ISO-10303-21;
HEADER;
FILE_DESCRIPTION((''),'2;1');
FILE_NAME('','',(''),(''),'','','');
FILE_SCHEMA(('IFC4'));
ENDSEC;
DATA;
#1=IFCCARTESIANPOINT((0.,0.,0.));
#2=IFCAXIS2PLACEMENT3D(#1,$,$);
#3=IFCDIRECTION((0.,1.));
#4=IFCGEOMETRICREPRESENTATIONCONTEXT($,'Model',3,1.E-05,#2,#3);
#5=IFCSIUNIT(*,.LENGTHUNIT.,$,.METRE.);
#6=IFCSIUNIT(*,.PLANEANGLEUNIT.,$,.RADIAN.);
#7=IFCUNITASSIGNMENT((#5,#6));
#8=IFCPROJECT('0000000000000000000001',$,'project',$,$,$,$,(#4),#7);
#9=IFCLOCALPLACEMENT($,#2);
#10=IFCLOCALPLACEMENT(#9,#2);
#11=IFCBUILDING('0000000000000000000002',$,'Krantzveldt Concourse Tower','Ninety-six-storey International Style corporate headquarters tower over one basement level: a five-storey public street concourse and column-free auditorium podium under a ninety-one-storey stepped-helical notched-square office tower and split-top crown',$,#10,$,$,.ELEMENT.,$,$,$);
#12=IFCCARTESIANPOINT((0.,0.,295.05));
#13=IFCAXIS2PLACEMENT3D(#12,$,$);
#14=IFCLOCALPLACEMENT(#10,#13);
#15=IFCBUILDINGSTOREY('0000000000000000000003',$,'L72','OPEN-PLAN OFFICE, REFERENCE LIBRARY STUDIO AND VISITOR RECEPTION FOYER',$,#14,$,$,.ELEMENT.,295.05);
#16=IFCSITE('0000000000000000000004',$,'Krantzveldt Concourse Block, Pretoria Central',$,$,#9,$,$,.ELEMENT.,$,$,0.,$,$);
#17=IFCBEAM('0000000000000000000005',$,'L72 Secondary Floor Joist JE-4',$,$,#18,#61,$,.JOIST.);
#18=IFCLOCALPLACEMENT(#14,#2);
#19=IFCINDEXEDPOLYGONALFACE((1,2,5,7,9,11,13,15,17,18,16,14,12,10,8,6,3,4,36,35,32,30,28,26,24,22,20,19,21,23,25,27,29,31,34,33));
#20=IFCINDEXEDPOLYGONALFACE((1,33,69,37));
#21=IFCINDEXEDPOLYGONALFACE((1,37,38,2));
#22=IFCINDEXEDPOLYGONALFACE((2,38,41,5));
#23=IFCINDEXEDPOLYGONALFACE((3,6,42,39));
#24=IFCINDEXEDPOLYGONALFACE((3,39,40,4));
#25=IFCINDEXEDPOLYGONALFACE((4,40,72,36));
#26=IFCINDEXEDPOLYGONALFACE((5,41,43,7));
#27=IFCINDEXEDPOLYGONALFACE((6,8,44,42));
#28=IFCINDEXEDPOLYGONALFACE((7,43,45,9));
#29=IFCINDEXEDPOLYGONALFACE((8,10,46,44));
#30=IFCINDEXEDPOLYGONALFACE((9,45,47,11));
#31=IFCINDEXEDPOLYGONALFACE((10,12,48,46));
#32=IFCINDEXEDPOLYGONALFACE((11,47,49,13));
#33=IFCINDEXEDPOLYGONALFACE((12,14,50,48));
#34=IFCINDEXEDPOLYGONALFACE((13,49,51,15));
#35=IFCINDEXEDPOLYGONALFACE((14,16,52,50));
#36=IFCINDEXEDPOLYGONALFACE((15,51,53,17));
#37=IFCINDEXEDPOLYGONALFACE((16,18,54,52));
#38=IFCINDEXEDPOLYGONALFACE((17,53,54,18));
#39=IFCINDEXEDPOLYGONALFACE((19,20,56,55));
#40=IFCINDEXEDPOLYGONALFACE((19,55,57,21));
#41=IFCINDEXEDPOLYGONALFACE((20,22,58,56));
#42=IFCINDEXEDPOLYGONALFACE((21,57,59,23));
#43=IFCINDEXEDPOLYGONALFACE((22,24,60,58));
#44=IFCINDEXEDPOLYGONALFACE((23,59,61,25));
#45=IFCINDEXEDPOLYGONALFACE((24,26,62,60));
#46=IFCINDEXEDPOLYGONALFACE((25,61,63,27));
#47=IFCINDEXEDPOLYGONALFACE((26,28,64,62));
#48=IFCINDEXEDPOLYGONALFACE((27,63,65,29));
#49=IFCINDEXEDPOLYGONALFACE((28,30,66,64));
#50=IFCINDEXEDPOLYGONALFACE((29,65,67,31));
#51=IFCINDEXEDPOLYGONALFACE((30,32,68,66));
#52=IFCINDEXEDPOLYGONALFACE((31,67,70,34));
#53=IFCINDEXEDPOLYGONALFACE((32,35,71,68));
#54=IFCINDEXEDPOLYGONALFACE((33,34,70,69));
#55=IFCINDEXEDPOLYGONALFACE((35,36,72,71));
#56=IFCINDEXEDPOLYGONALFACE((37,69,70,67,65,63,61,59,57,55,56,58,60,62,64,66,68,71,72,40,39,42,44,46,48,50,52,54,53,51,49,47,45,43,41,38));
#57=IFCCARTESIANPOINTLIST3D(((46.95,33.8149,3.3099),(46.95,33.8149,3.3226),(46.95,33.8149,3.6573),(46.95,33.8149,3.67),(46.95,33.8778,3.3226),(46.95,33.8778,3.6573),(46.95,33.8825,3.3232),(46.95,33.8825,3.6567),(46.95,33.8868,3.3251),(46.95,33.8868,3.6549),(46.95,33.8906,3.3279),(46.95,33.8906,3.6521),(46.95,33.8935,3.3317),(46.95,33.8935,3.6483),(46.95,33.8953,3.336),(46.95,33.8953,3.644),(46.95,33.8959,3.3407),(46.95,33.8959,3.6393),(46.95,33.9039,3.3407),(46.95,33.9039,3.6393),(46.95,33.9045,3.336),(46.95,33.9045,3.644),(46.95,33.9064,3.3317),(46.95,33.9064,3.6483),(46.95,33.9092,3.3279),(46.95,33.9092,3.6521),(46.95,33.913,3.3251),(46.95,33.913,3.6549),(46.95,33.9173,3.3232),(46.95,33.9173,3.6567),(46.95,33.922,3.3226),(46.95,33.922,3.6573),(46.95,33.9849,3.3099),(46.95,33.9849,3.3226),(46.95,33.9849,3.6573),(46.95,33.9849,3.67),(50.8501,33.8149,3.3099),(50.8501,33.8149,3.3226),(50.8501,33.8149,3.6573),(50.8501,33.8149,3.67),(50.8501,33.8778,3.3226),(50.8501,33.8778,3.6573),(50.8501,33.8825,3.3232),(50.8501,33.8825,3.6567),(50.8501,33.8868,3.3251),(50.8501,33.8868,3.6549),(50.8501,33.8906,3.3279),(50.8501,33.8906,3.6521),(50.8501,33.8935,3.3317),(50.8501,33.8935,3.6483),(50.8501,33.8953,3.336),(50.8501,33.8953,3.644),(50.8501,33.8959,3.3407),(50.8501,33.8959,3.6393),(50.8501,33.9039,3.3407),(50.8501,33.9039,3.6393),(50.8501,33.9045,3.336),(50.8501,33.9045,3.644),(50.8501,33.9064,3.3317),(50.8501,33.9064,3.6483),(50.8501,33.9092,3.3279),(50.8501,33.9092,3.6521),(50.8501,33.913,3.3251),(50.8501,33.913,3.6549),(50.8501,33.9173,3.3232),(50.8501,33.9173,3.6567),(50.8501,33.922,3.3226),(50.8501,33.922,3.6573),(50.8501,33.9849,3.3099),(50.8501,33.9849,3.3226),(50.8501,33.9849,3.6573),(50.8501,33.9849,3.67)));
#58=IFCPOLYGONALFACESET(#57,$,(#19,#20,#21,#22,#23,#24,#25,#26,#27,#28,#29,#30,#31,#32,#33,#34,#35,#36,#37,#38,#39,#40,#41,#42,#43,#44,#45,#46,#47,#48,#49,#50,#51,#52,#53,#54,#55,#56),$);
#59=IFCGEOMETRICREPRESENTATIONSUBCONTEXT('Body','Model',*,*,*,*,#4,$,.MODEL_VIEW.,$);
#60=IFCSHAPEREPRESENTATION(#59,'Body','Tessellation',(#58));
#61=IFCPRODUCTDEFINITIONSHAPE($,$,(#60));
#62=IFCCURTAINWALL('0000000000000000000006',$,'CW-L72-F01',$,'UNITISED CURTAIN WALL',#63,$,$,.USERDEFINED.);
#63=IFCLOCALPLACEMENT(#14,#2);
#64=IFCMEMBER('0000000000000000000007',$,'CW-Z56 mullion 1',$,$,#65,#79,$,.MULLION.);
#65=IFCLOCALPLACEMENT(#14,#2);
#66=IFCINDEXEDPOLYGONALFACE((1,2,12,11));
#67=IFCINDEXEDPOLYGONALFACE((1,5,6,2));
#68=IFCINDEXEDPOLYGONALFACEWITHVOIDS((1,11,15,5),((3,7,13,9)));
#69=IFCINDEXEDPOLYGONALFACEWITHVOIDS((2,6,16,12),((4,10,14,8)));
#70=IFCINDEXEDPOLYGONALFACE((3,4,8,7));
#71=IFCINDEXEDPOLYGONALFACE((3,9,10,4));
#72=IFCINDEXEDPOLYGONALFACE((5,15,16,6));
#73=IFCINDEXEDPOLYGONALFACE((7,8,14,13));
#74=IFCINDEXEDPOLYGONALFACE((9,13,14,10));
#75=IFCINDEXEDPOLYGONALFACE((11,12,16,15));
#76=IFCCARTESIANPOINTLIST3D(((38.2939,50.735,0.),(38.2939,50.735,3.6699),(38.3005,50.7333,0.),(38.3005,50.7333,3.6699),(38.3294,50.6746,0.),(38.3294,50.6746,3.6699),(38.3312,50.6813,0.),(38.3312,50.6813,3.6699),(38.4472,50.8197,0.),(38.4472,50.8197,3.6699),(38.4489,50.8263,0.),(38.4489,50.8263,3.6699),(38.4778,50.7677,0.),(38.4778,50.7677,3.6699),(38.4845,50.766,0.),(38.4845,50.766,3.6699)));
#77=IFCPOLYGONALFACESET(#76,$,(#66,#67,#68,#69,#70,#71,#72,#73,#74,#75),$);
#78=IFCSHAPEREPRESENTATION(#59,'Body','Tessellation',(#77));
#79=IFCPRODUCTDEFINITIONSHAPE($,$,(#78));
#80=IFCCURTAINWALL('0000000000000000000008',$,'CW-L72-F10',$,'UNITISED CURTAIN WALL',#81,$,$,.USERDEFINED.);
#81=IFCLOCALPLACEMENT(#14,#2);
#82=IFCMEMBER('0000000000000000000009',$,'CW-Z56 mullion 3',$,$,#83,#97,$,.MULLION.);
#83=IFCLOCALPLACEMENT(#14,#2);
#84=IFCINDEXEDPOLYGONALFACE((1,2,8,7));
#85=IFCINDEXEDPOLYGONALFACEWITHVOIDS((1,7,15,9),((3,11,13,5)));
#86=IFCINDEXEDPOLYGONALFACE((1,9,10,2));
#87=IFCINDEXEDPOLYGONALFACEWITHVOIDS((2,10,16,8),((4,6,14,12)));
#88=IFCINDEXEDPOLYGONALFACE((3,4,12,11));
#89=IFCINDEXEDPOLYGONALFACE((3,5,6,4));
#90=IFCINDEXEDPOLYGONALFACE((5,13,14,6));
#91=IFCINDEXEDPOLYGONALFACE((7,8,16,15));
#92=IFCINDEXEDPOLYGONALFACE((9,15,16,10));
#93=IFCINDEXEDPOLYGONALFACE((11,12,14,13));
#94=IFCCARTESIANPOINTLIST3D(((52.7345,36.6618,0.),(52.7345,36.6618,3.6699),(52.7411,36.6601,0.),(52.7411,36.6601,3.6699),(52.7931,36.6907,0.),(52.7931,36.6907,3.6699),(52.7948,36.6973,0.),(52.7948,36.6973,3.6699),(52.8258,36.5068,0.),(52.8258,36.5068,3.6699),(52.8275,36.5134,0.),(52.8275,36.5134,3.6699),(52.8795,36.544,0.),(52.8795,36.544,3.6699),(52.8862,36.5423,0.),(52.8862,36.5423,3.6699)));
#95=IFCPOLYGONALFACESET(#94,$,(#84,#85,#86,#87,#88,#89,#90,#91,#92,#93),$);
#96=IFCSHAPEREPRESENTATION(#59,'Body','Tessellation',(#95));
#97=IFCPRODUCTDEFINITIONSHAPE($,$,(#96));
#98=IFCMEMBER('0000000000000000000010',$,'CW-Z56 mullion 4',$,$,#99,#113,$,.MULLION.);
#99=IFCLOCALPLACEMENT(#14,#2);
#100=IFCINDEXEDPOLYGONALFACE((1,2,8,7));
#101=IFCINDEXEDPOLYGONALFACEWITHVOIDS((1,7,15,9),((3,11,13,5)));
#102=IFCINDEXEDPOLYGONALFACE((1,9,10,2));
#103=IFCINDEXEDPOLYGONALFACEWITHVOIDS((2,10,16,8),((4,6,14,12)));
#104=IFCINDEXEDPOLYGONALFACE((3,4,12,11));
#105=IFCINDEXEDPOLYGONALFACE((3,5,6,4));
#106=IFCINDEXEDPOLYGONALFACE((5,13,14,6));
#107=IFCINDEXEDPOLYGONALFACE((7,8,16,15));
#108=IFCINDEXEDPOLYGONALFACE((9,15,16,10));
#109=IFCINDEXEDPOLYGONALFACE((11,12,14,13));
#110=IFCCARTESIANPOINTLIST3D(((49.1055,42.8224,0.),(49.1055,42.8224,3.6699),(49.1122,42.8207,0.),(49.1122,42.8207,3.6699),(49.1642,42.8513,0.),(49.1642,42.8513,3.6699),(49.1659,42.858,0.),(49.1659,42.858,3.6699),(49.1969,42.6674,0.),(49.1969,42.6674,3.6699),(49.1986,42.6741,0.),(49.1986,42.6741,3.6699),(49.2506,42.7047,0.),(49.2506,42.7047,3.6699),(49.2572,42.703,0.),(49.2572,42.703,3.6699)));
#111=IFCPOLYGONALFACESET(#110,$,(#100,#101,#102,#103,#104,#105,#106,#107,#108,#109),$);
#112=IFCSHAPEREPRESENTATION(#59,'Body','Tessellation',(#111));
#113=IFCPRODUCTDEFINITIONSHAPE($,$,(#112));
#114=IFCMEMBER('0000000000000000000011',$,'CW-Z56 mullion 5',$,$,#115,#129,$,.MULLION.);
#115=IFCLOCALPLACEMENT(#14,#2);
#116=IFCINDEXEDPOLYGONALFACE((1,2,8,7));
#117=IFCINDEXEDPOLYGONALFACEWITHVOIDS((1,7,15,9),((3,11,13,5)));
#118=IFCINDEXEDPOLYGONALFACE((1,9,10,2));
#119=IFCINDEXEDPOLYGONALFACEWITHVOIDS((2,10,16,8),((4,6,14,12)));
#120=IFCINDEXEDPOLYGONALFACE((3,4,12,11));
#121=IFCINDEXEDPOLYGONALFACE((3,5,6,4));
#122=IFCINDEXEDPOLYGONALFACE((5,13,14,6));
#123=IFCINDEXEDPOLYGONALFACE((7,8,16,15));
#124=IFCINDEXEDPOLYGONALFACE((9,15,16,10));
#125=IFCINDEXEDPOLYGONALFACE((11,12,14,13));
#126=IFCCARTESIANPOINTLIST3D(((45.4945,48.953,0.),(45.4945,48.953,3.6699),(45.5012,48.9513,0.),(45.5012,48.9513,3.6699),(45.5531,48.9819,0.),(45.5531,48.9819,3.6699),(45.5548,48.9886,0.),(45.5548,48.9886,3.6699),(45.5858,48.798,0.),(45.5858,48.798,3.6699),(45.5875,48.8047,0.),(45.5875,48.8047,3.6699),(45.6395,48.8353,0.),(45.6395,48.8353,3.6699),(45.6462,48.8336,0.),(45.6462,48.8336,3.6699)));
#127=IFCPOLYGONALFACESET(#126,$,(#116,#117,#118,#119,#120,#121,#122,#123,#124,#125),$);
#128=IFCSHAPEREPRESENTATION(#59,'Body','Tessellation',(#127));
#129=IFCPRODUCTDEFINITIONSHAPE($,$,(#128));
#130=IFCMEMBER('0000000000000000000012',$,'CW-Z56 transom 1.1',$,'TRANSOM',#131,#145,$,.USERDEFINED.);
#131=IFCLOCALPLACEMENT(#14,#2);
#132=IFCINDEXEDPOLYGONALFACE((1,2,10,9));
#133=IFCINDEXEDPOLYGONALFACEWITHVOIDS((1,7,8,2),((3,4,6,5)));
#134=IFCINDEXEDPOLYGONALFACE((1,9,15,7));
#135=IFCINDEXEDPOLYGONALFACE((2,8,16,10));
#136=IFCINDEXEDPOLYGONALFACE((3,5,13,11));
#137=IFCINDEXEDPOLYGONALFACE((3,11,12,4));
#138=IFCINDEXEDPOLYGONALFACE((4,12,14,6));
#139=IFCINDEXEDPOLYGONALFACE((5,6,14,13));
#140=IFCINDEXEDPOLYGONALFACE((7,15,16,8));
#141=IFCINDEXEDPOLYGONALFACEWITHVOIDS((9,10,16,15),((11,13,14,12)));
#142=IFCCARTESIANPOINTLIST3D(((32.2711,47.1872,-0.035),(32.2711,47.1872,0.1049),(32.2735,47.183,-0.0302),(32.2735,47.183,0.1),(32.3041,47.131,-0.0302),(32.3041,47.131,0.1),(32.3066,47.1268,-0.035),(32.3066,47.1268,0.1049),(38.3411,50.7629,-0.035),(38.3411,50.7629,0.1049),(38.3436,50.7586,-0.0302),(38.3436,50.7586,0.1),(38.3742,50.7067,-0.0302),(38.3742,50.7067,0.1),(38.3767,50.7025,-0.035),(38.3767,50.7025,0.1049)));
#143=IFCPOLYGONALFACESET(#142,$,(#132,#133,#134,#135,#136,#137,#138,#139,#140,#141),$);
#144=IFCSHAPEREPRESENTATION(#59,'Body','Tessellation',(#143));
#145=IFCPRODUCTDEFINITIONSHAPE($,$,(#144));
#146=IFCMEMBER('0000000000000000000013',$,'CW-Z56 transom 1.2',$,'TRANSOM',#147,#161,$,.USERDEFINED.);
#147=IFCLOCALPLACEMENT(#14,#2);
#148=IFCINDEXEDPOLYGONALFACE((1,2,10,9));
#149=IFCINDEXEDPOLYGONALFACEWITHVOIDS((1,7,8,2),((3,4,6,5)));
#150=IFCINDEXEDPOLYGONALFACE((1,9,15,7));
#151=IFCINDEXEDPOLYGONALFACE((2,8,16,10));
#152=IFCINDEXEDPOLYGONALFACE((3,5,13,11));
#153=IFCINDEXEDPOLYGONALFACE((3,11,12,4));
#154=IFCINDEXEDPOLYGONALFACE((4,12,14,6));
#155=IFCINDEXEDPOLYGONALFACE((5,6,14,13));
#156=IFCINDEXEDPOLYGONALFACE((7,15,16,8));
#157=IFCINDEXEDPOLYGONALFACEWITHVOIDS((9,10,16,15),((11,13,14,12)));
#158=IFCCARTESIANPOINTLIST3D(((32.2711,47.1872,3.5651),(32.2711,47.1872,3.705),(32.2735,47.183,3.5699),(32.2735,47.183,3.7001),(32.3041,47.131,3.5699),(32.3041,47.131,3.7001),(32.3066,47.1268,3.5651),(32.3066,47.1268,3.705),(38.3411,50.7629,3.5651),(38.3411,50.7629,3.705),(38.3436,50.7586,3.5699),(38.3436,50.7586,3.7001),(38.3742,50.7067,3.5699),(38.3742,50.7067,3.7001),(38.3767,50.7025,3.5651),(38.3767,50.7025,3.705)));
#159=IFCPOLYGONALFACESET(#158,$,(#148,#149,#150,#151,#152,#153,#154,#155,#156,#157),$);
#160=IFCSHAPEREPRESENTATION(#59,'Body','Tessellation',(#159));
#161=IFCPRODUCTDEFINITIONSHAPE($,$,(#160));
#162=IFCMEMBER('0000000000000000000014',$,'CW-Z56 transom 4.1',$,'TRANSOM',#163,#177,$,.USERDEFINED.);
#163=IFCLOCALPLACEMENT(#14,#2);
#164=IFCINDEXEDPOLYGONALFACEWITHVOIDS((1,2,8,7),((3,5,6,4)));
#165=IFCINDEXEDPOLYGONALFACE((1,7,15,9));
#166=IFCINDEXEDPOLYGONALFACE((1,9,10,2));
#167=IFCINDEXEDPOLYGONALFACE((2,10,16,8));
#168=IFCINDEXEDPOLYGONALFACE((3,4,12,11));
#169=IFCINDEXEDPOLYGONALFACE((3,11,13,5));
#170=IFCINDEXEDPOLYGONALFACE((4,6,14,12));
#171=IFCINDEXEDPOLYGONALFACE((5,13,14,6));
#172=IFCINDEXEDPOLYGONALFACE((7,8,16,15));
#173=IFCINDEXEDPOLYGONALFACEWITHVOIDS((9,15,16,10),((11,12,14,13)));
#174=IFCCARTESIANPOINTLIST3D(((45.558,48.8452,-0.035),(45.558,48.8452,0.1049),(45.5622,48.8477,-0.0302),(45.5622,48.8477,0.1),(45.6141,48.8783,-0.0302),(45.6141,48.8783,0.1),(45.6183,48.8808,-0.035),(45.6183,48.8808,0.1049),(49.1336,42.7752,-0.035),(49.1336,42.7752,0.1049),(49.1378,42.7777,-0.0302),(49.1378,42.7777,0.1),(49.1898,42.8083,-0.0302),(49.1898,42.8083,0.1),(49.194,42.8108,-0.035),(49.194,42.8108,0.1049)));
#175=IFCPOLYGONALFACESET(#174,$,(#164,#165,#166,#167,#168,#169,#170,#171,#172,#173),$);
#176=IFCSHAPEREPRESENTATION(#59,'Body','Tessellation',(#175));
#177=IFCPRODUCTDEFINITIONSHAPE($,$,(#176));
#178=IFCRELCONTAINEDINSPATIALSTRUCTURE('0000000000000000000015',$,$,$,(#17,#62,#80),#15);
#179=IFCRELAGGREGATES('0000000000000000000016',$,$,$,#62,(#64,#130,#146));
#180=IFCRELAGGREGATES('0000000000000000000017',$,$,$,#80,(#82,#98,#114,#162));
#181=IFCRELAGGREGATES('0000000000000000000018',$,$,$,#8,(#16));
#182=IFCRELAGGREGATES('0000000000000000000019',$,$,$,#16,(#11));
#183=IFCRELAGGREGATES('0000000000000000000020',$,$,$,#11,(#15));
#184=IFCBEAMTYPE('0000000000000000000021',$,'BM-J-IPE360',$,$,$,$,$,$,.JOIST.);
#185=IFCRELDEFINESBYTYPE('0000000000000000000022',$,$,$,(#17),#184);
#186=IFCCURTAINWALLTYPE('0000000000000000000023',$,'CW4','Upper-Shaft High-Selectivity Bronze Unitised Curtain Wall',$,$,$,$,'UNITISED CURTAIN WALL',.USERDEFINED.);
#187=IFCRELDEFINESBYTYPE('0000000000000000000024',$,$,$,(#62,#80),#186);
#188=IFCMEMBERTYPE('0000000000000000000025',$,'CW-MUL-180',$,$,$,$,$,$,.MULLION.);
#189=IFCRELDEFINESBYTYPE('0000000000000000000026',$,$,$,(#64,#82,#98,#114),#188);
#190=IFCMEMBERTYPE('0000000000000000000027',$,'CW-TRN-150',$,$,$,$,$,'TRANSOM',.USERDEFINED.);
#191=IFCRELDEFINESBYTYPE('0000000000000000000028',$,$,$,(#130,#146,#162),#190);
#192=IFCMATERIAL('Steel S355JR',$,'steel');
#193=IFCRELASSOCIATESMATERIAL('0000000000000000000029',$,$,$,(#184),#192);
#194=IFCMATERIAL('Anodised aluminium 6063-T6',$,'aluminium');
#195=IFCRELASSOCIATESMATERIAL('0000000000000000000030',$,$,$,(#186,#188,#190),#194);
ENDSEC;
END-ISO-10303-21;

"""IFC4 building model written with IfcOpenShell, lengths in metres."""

from ifc_helpers import new_model, si_unit, direction, frame, origin, origin_2d, place, context, subcontext, project, spatial, hollow_rectangle, i_section, extrude, source, transform, mapped, material, material_profile, profile_set, type_object, type_shapes, element, aggregate, save


model = new_model("IFC4")

# Units and contexts
model_context = context("Model", 3, precision=1e-05, world=origin(), true_north=direction((0.0, 1.0)))
body_context = subcontext(model_context, "Body", "Model", "MODEL_VIEW")
ifc_project = project(units=[si_unit("LENGTHUNIT", "METRE"), si_unit("PLANEANGLEUNIT", "RADIAN")], contexts=[model_context])

# Site, building, storey
site_placement = place(None, origin())
site = spatial("IfcSite", under=ifc_project, at=site_placement, Name="Krantzveldt Concourse Block, Pretoria Central", CompositionType="ELEMENT", RefElevation=0.0)
building_placement = place(site_placement, origin())
building = spatial("IfcBuilding", under=site, at=building_placement, Name="Krantzveldt Concourse Tower", Description="Ninety-six-storey International Style corporate headquarters tower over one basement level: a five-storey public street concourse and column-free auditorium podium under a ninety-one-storey stepped-helical notched-square office tower and split-top crown", CompositionType="ELEMENT")
storey_placement = place(building_placement, frame((0.0, 0.0, 295.05)))
storey = spatial("IfcBuildingStorey", under=building, at=storey_placement, Name="L72", Description="OPEN-PLAN OFFICE, REFERENCE LIBRARY STUDIO AND VISITOR RECEPTION FOYER", CompositionType="ELEMENT", Elevation=295.05)

# Beam
ifc_material_1 = material(Name="Steel S355JR", Category="steel")
ifc_material_profile_1 = material_profile(ifc_material_1, i_section(OverallWidth=0.1699, OverallDepth=0.3601, WebThickness=0.0081, FlangeThickness=0.0127, FilletRadius=0.0181, at=origin_2d()), Name="Steel S355JR", Category="steel")
ifc_profile_set_1 = profile_set([ifc_material_profile_1], Name="Steel S355JR - IPE 360")
beam_type_1 = type_object("IfcBeamType", Name="BM-J-IPE360", PredefinedType="JOIST", material=ifc_profile_set_1)
shared_shape_1 = source(origin(), body_context, "Body", "SweptSolid", [
    extrude(i_section(OverallWidth=0.1699, OverallDepth=0.3601, WebThickness=0.0081, FlangeThickness=0.0127, FilletRadius=0.0181, at=origin_2d()), origin(), (0.0, 0.0, 1.0), 3.9001),
])
type_shapes(beam_type_1, [shared_shape_1])
beam_1_placement = place(storey_placement, frame((46.95, 33.8999, 3.49), z_axis=(1.0, 0.0, 0.0), x_axis=(0.0, 1.0, 0.0)))
element("IfcBeam", 1, at=beam_1_placement, inside=storey, type_object=beam_type_1, Name="L72 Secondary Floor Joist JE-4", PredefinedType="JOIST", context=body_context, shape_type="MappedRepresentation", body=[
    mapped(shared_shape_1, transform((0.0, 0.0, 0.0), x_axis=(1.0, 0.0, 0.0), y_axis=(0.0, 1.0, 0.0), z_axis=(0.0, 0.0, 1.0), scale=1.0)),
])

# Curtain wall, member
ifc_material_2 = material(Name="Anodised aluminium 6063-T6", Category="aluminium")
curtain_wall_type = type_object("IfcCurtainWallType", Name="CW4", Description="Upper-Shaft High-Selectivity Bronze Unitised Curtain Wall", ElementType="UNITISED CURTAIN WALL", PredefinedType="USERDEFINED", material=ifc_material_2)
curtain_wall_1_placement = place(storey_placement, origin())
curtain_wall_1 = element("IfcCurtainWall", 2, at=curtain_wall_1_placement, inside=storey, type_object=curtain_wall_type, Name="CW-L72-F01", ObjectType="UNITISED CURTAIN WALL", PredefinedType="USERDEFINED")
ifc_material_profile_2 = material_profile(ifc_material_2, hollow_rectangle(XDim=0.0701, YDim=0.1799, WallThickness=0.0049, at=origin_2d()), Name="Anodised aluminium 6063-T6", Category="aluminium")
ifc_profile_set_2 = profile_set([ifc_material_profile_2], Name="Anodised aluminium 6063-T6 - ALU-MULL 180x70x5")
member_type_1 = type_object("IfcMemberType", Name="CW-MUL-180", PredefinedType="MULLION", material=ifc_profile_set_2)
shared_shape_2 = source(origin(), body_context, "Body", "SweptSolid", [
    extrude(hollow_rectangle(XDim=0.0701, YDim=0.1799, WallThickness=0.0049, at=origin_2d()), origin(), (0.0, 0.0, 1.0), 3.6699),
])
type_shapes(member_type_1, [shared_shape_2])
member_1_placement = place(storey_placement, frame((38.3892, 50.7505, 0.0), z_axis=(0.0, 0.0, 1.0), x_axis=(0.507538, -0.861629, 0.0)))
member_1 = element("IfcMember", 3, at=member_1_placement, type_object=member_type_1, Name="CW-Z56 mullion 1", PredefinedType="MULLION", context=body_context, shape_type="MappedRepresentation", body=[
    mapped(shared_shape_2, transform((0.0, 0.0, 0.0), x_axis=(1.0, 0.0, 0.0), y_axis=(0.0, 1.0, 0.0), z_axis=(0.0, 0.0, 1.0), scale=1.0)),
])

# Curtain wall, members
curtain_wall_2_placement = place(storey_placement, origin())
curtain_wall_2 = element("IfcCurtainWall", 4, at=curtain_wall_2_placement, inside=storey, type_object=curtain_wall_type, Name="CW-L72-F10", ObjectType="UNITISED CURTAIN WALL", PredefinedType="USERDEFINED")
member_2_placement = place(storey_placement, frame((52.8103, 36.6021, 0.0), z_axis=(0.0, 0.0, 1.0), x_axis=(-0.861629, -0.507538, 0.0)))
member_2 = element("IfcMember", 5, at=member_2_placement, type_object=member_type_1, Name="CW-Z56 mullion 3", PredefinedType="MULLION", context=body_context, shape_type="MappedRepresentation", body=[
    mapped(shared_shape_2, transform((0.0, 0.0, 0.0), x_axis=(1.0, 0.0, 0.0), y_axis=(0.0, 1.0, 0.0), z_axis=(0.0, 0.0, 1.0), scale=1.0)),
])
member_3_placement = place(storey_placement, frame((49.1814, 42.7627, 0.0), z_axis=(0.0, 0.0, 1.0), x_axis=(-0.861629, -0.507538, 0.0)))
member_3 = element("IfcMember", 6, at=member_3_placement, type_object=member_type_1, Name="CW-Z56 mullion 4", PredefinedType="MULLION", context=body_context, shape_type="MappedRepresentation", body=[
    mapped(shared_shape_2, transform((0.0, 0.0, 0.0), x_axis=(1.0, 0.0, 0.0), y_axis=(0.0, 1.0, 0.0), z_axis=(0.0, 0.0, 1.0), scale=1.0)),
])
member_4_placement = place(storey_placement, frame((45.5703, 48.8933, 0.0), z_axis=(0.0, 0.0, 1.0), x_axis=(-0.861629, -0.507538, 0.0)))
member_4 = element("IfcMember", 7, at=member_4_placement, type_object=member_type_1, Name="CW-Z56 mullion 5", PredefinedType="MULLION", context=body_context, shape_type="MappedRepresentation", body=[
    mapped(shared_shape_2, transform((0.0, 0.0, 0.0), x_axis=(1.0, 0.0, 0.0), y_axis=(0.0, 1.0, 0.0), z_axis=(0.0, 0.0, 1.0), scale=1.0)),
])

# Members
ifc_material_profile_3 = material_profile(ifc_material_2, hollow_rectangle(XDim=0.0701, YDim=0.1399, WallThickness=0.0049, at=origin_2d()), Name="Anodised aluminium 6063-T6", Category="aluminium")
ifc_profile_set_3 = profile_set([ifc_material_profile_3], Name="Anodised aluminium 6063-T6 - ALU-TRAN 140x70x5")
member_type_2 = type_object("IfcMemberType", Name="CW-TRN-150", ElementType="TRANSOM", PredefinedType="USERDEFINED", material=ifc_profile_set_3)
shared_shape_3 = source(origin(), body_context, "Body", "SweptSolid", [
    extrude(hollow_rectangle(XDim=0.0701, YDim=0.1399, WallThickness=0.0049, at=origin_2d()), origin(), (0.0, 0.0, 1.0), 7.0449),
])
member_5_placement = place(storey_placement, frame((38.3589, 50.7327, 0.0349), z_axis=(-0.86162, -0.507553, 0.0), x_axis=(0.507553, -0.86162, 0.0)))
member_5 = element("IfcMember", 8, at=member_5_placement, type_object=member_type_2, Name="CW-Z56 transom 1.1", ObjectType="TRANSOM", PredefinedType="USERDEFINED", context=body_context, shape_type="MappedRepresentation", body=[
    mapped(shared_shape_3, transform((0.0, 0.0, 0.0), x_axis=(1.0, 0.0, 0.0), y_axis=(0.0, 1.0, 0.0), z_axis=(0.0, 0.0, 1.0), scale=1.0)),
])
member_6_placement = place(storey_placement, frame((38.3589, 50.7327, 3.635), z_axis=(-0.86162, -0.507553, 0.0), x_axis=(0.507553, -0.86162, 0.0)))
member_6 = element("IfcMember", 9, at=member_6_placement, type_object=member_type_2, Name="CW-Z56 transom 1.2", ObjectType="TRANSOM", PredefinedType="USERDEFINED", context=body_context, shape_type="MappedRepresentation", body=[
    mapped(shared_shape_3, transform((0.0, 0.0, 0.0), x_axis=(1.0, 0.0, 0.0), y_axis=(0.0, 1.0, 0.0), z_axis=(0.0, 0.0, 1.0), scale=1.0)),
])
member_7_placement = place(storey_placement, frame((49.1638, 42.793, 0.0349), z_axis=(-0.507553, 0.86162, 0.0), x_axis=(-0.86162, -0.507553, 0.0)))
member_7 = element("IfcMember", 10, at=member_7_placement, type_object=member_type_2, Name="CW-Z56 transom 4.1", ObjectType="TRANSOM", PredefinedType="USERDEFINED", context=body_context, shape_type="MappedRepresentation", body=[
    mapped(shared_shape_3, transform((0.0, 0.0, 0.0), x_axis=(1.0, 0.0, 0.0), y_axis=(0.0, 1.0, 0.0), z_axis=(0.0, 0.0, 1.0), scale=1.0)),
])

aggregate(curtain_wall_1, [member_1, member_5, member_6])
aggregate(curtain_wall_2, [member_2, member_3, member_4, member_7])

save(model, "model.ifc")
